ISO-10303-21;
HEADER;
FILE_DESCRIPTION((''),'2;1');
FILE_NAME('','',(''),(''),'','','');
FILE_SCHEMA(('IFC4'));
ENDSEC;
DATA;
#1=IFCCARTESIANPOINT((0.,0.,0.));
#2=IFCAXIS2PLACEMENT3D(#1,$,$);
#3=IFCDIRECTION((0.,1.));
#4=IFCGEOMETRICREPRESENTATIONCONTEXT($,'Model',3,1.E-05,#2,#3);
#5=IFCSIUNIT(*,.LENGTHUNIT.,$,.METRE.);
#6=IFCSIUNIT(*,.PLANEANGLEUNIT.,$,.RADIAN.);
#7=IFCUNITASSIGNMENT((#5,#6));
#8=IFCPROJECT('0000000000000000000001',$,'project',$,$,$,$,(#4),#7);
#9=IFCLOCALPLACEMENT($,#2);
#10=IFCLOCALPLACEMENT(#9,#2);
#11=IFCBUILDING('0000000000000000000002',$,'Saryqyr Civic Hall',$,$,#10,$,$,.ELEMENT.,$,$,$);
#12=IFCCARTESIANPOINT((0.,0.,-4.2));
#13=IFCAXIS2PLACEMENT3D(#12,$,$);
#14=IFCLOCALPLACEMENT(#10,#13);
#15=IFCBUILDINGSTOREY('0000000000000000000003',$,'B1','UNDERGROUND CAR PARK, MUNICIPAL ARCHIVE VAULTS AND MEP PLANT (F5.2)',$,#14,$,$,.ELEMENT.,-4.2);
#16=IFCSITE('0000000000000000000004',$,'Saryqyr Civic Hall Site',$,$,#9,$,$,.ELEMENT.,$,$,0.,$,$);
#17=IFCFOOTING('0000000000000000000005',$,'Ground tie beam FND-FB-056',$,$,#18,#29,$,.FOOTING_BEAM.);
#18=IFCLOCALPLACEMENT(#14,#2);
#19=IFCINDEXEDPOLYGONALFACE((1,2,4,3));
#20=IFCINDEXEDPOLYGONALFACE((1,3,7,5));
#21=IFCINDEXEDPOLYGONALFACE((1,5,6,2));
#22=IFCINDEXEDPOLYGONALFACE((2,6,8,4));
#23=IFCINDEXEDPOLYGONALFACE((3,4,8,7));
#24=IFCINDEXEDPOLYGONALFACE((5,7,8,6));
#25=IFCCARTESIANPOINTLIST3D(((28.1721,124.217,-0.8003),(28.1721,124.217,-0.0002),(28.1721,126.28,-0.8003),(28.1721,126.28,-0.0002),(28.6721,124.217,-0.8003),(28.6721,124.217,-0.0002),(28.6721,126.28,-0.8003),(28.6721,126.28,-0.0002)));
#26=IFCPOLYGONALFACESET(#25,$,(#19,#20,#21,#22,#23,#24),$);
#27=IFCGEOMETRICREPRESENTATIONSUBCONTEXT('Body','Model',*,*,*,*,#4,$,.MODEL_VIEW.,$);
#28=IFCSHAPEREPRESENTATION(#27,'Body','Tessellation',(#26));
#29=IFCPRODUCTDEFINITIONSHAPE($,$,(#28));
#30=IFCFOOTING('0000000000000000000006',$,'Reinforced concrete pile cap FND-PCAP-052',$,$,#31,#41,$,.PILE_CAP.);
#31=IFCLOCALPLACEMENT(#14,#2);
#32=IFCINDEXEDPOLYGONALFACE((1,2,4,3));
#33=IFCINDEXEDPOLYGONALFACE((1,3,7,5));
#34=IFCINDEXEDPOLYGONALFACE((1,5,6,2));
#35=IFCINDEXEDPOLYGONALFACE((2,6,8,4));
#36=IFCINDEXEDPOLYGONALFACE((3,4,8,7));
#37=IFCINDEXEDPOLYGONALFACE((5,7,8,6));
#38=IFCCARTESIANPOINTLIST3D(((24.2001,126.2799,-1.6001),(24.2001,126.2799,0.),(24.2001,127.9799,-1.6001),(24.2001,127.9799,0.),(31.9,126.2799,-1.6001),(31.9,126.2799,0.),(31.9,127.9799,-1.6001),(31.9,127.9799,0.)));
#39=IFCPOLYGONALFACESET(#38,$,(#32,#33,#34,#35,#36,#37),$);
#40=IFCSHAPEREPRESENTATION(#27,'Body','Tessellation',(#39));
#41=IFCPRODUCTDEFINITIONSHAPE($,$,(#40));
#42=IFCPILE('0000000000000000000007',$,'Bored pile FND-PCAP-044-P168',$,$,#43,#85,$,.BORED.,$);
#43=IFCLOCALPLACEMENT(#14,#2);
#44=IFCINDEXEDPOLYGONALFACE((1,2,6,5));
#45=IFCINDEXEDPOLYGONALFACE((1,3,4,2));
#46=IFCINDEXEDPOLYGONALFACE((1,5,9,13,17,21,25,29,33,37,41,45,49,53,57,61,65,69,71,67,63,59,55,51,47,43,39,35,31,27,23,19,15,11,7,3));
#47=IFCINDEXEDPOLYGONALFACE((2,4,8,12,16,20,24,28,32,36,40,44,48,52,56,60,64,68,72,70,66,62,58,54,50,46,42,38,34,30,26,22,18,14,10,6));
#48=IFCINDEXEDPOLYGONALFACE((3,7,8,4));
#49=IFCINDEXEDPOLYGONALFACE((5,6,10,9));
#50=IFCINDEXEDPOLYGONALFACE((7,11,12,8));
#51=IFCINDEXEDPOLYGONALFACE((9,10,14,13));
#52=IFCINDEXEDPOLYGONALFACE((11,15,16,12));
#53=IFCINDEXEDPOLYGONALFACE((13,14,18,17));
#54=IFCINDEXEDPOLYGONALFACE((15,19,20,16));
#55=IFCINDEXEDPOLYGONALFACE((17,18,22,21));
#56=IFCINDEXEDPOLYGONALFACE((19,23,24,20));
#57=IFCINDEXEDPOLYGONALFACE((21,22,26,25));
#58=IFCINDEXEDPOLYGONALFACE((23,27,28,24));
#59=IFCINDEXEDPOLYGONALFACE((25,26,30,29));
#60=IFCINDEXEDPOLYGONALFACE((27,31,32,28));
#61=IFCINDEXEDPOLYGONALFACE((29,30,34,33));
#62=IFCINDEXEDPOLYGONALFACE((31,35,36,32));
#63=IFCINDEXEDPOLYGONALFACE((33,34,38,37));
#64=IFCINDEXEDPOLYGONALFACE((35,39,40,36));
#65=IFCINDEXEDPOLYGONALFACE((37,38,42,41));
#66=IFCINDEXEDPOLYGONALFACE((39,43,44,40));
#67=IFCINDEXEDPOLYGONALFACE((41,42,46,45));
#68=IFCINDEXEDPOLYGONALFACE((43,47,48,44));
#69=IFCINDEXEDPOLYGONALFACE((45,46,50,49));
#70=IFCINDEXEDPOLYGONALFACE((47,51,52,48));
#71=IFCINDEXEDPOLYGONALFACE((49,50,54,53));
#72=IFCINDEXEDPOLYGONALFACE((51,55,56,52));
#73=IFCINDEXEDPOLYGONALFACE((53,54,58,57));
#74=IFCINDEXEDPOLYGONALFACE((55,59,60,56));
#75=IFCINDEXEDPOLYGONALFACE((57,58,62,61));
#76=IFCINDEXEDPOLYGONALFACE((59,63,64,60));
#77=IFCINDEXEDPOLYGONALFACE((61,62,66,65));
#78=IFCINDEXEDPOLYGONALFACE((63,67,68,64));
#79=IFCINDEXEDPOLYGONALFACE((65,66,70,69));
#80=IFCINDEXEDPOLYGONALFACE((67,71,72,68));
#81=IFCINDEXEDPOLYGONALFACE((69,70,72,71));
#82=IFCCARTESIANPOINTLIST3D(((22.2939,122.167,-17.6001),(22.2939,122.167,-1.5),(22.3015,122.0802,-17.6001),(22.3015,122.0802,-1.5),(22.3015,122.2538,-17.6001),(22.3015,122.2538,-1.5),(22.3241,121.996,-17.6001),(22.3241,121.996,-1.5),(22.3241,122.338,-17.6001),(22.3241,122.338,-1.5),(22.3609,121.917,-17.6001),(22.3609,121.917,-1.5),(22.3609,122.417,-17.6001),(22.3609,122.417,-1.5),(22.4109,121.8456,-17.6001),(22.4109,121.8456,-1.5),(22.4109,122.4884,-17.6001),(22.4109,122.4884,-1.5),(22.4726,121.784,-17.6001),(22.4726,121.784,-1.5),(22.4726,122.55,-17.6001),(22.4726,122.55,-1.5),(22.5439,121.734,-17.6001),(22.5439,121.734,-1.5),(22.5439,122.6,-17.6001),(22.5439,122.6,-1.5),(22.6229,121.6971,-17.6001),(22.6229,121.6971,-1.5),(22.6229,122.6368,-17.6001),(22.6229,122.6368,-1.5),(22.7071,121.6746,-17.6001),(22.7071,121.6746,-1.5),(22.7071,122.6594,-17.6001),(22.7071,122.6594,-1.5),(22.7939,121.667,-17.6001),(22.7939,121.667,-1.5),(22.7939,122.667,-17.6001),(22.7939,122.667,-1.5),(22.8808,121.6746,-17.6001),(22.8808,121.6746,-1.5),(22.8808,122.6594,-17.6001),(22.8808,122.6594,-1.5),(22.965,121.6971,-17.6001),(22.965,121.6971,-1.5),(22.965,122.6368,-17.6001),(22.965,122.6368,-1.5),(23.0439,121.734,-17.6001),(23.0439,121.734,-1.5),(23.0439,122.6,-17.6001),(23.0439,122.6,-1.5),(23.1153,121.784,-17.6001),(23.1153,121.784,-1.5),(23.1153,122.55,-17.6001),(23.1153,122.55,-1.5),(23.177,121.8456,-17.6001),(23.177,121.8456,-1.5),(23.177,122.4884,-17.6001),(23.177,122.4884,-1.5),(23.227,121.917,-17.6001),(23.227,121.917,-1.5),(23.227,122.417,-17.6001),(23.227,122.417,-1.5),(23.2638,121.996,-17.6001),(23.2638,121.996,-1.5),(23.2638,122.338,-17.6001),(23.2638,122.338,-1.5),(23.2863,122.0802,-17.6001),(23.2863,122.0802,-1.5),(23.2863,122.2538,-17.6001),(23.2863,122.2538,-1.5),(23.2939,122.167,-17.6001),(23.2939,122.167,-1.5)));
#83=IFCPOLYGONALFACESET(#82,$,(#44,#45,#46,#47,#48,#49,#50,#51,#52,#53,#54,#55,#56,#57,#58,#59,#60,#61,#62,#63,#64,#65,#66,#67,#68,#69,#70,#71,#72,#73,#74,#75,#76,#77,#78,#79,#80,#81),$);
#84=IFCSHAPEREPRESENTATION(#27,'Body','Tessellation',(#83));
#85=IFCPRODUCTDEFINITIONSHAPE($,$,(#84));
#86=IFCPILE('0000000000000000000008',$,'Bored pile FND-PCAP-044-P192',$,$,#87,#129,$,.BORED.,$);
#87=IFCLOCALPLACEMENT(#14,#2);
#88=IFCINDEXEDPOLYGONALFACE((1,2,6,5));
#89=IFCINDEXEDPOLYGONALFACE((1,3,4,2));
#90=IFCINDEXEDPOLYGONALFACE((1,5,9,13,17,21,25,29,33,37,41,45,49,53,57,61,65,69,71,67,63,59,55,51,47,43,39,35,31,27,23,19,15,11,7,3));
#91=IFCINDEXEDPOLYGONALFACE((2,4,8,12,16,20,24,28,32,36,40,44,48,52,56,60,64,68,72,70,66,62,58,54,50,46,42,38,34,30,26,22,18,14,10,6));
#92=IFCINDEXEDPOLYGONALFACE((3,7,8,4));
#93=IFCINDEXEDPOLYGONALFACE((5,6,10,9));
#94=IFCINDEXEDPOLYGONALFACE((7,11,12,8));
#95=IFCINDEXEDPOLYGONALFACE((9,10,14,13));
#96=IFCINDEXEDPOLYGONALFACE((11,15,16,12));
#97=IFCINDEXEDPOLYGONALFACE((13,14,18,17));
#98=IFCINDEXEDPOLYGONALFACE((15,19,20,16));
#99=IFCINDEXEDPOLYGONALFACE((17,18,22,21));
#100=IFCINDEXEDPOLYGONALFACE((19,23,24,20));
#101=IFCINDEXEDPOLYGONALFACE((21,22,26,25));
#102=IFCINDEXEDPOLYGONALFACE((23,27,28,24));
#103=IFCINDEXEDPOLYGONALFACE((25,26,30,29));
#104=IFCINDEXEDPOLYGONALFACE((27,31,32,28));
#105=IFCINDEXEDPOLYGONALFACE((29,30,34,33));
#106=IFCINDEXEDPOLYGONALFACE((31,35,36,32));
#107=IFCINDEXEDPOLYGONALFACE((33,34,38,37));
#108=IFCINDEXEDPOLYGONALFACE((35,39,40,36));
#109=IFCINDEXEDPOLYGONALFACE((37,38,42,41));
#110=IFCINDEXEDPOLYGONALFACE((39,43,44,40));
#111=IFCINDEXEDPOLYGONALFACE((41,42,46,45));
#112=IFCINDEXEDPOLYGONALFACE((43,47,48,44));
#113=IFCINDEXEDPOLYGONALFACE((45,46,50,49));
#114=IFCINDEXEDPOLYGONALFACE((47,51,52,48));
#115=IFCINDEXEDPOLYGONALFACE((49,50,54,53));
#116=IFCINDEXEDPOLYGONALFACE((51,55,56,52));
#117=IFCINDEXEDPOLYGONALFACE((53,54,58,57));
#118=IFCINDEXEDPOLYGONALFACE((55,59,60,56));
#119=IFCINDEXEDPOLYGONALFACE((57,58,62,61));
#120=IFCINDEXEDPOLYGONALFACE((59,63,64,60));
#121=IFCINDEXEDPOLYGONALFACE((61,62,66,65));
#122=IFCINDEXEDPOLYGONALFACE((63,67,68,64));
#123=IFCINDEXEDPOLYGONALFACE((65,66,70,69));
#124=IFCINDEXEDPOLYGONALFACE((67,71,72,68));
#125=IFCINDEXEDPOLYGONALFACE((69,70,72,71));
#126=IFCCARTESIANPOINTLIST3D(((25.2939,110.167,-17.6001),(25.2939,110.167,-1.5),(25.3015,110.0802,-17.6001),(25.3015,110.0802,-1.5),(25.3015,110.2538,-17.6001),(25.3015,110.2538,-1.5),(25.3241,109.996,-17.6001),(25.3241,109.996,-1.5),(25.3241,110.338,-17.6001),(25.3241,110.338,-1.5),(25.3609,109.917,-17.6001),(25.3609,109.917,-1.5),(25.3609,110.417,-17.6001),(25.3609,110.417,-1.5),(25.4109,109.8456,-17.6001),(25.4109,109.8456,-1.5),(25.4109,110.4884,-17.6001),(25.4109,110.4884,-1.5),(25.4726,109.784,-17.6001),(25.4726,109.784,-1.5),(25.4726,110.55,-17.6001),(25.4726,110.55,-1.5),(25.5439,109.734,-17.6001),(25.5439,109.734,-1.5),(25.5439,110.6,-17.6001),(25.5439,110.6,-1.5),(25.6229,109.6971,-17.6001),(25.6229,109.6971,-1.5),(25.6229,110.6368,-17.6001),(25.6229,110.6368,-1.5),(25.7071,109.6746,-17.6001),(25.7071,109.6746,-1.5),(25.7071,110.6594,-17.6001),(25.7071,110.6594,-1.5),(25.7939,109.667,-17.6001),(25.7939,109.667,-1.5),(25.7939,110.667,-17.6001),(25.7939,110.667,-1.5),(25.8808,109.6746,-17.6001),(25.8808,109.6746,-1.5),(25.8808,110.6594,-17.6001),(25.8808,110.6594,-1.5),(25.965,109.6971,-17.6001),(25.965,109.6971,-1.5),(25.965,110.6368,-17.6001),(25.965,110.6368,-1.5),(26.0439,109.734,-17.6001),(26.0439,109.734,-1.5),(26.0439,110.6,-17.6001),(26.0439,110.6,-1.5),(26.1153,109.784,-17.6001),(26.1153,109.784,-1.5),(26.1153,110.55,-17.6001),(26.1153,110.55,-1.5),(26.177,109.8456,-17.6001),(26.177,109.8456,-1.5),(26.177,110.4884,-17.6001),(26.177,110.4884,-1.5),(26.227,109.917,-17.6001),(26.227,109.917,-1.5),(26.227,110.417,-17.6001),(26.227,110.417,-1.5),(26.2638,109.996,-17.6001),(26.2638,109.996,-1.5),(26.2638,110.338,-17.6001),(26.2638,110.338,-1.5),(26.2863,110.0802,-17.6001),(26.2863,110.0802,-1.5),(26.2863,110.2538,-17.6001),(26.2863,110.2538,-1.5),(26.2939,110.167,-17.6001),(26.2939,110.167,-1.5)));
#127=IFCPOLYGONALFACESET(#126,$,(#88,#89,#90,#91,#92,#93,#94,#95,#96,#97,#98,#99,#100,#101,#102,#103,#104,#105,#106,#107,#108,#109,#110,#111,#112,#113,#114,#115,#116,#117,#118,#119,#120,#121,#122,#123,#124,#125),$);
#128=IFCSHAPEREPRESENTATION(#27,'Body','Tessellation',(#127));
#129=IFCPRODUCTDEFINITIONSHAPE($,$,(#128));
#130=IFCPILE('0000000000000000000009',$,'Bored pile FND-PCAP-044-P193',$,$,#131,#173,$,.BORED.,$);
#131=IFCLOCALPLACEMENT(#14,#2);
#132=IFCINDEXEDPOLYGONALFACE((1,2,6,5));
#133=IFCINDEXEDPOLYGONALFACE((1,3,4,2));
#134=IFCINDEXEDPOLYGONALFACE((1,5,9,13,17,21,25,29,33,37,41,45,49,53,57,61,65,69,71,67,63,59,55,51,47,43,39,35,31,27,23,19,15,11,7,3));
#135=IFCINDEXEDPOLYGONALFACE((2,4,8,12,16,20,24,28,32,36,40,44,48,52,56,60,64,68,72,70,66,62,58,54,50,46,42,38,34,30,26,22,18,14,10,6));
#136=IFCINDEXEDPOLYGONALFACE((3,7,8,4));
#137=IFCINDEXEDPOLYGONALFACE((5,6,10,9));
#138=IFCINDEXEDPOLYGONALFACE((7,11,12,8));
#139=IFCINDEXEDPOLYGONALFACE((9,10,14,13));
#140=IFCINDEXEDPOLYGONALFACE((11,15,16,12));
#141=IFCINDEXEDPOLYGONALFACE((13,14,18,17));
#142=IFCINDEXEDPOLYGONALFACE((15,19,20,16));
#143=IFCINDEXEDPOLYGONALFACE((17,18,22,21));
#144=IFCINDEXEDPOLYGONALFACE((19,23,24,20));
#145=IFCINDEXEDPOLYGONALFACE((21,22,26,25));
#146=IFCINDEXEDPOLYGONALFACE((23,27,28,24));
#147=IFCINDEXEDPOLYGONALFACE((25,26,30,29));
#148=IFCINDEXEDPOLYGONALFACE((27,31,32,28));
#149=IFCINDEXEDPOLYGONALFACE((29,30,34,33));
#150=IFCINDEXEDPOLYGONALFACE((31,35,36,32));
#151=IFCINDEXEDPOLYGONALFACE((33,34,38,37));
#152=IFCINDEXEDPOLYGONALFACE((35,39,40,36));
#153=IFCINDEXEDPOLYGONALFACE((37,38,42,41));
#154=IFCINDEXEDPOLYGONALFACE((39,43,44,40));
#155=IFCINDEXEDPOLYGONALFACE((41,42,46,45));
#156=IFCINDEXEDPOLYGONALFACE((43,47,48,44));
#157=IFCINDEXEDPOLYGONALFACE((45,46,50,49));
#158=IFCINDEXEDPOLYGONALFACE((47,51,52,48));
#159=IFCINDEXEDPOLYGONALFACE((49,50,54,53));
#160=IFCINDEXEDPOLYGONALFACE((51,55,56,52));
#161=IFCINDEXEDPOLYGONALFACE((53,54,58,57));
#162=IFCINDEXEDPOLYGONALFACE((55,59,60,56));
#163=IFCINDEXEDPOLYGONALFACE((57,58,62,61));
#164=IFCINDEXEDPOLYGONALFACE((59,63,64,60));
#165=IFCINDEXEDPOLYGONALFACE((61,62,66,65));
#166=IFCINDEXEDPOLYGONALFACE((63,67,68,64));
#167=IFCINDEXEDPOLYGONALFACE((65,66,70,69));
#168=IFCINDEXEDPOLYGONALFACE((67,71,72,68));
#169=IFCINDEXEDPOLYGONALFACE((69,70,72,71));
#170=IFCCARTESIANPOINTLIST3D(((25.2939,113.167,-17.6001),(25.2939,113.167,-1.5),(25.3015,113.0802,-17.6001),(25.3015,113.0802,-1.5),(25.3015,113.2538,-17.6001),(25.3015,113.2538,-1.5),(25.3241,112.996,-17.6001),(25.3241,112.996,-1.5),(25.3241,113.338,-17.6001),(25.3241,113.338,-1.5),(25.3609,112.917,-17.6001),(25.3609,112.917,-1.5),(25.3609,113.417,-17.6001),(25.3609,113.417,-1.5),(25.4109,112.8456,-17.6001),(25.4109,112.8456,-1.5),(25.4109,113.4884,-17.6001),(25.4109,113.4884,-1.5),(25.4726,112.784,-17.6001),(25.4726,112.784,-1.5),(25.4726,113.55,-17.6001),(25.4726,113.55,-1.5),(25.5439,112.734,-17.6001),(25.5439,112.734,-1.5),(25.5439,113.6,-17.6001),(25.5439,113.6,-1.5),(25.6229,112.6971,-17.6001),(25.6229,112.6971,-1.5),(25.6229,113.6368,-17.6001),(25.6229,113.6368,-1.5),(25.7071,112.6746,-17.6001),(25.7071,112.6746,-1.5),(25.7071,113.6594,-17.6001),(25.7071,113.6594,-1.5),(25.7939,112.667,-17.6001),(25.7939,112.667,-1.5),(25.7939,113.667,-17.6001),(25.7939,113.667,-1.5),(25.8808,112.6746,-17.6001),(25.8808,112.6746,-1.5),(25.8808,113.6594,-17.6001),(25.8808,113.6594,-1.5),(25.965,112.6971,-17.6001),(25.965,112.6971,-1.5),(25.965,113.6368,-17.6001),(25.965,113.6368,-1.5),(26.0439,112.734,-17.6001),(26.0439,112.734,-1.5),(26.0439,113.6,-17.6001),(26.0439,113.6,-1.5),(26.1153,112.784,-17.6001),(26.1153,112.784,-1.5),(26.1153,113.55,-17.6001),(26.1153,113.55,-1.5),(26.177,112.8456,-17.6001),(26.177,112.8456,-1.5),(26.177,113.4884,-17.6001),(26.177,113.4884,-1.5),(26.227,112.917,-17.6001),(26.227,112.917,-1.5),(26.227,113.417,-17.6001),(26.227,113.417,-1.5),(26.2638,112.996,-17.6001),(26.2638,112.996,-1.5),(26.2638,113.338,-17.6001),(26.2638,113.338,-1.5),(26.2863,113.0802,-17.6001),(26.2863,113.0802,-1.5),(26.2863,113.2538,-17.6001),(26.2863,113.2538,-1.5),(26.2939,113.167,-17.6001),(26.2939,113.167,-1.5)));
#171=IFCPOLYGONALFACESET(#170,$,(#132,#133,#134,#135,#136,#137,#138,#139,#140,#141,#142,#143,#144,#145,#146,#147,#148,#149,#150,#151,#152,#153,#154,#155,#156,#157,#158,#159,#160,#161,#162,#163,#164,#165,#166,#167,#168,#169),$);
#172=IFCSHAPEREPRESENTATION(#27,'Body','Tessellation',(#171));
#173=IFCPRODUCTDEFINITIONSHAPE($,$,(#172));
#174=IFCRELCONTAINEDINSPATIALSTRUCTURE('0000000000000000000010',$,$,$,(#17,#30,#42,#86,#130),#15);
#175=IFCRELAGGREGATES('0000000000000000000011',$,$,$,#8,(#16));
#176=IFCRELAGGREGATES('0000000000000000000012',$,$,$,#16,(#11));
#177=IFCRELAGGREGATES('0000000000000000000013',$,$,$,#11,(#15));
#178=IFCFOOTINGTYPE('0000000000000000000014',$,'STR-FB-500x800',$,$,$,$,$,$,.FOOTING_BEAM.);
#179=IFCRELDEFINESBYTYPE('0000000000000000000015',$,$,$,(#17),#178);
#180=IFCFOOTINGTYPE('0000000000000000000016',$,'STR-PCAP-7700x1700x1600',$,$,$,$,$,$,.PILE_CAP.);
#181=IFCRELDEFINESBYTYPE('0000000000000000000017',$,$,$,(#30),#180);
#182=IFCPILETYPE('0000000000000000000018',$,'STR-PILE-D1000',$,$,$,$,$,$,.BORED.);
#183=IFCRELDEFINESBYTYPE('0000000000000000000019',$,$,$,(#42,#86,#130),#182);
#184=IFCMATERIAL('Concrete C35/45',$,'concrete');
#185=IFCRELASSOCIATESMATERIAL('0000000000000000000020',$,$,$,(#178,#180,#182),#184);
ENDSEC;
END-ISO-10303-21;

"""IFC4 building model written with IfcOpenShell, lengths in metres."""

from ifc_helpers import new_model, si_unit, direction, frame, origin, origin_2d, place, context, subcontext, project, spatial, rectangle, circle, extrude, material, material_profile, profile_set, type_object, element, save


model = new_model("IFC4")

# Units and contexts
model_context = context("Model", 3, precision=1e-05, world=origin(), true_north=direction((0.0, 1.0)))
body_context = subcontext(model_context, "Body", "Model", "MODEL_VIEW")
ifc_project = project(units=[si_unit("LENGTHUNIT", "METRE"), si_unit("PLANEANGLEUNIT", "RADIAN")], contexts=[model_context])

# Site, building, storey
site_placement = place(None, origin())
site = spatial("IfcSite", under=ifc_project, at=site_placement, Name="Saryqyr Civic Hall Site", CompositionType="ELEMENT", RefElevation=0.0)
building_placement = place(site_placement, origin())
building = spatial("IfcBuilding", under=site, at=building_placement, Name="Saryqyr Civic Hall", CompositionType="ELEMENT")
storey_placement = place(building_placement, frame((0.0, 0.0, -4.2)))
storey = spatial("IfcBuildingStorey", under=building, at=storey_placement, Name="B1", Description="UNDERGROUND CAR PARK, MUNICIPAL ARCHIVE VAULTS AND MEP PLANT (F5.2)", CompositionType="ELEMENT", Elevation=-4.2)

# Footings
ifc_material_1 = material(Name="Concrete C35/45", Category="concrete")
footing_type_1 = type_object("IfcFootingType", Name="STR-FB-500x800", PredefinedType="FOOTING_BEAM", material=ifc_material_1)
footing_1_placement = place(storey_placement, frame((28.4221, 125.2485, -0.8003), z_axis=(0.0, 0.0, 1.0), x_axis=(1.0, 0.0, 0.0)))
element("IfcFooting", 1, at=footing_1_placement, inside=storey, type_object=footing_type_1, Name="Ground tie beam FND-FB-056", PredefinedType="FOOTING_BEAM", context=body_context, shape_type="SweptSolid", body=[
    extrude(rectangle(XDim=0.5, YDim=2.063, at=origin_2d()), origin(), (0.0, 0.0, 1.0), 0.8),
])
footing_type_2 = type_object("IfcFootingType", Name="STR-PCAP-7700x1700x1600", PredefinedType="PILE_CAP", material=ifc_material_1)
footing_2_placement = place(storey_placement, frame((28.05, 127.1299, -1.6001), z_axis=(0.0, 0.0, 1.0), x_axis=(1.0, 0.0, 0.0)))
element("IfcFooting", 2, at=footing_2_placement, inside=storey, type_object=footing_type_2, Name="Reinforced concrete pile cap FND-PCAP-052", PredefinedType="PILE_CAP", context=body_context, shape_type="SweptSolid", body=[
    extrude(rectangle(XDim=7.7, YDim=1.7, at=origin_2d()), origin(), (0.0, 0.0, 1.0), 1.6001),
])

# Piles
ifc_material_profile_1 = material_profile(ifc_material_1, circle(Radius=0.5, at=origin_2d()), Name="BORED PILE D1000")
ifc_profile_set_1 = profile_set([ifc_material_profile_1], Name="Concrete C35/45")
pile_type = type_object("IfcPileType", Name="STR-PILE-D1000", PredefinedType="BORED", material=ifc_profile_set_1)
for number, where, z_axis, x_axis, name in (
    (3, (22.7939, 122.167, -1.5), (0.0, 0.0, -1.0), (1.0, 0.0, 0.0), "Bored pile FND-PCAP-044-P168"),
    (4, (25.7939, 110.167, -1.5), (0.0, 0.0, -1.0), (1.0, 0.0, 0.0), "Bored pile FND-PCAP-044-P192"),
    (5, (25.7939, 113.167, -1.5), (0.0, 0.0, -1.0), (1.0, 0.0, 0.0), "Bored pile FND-PCAP-044-P193"),
):
    element("IfcPile", number, at=place(storey_placement, frame(where, z_axis=z_axis, x_axis=x_axis)), inside=storey, type_object=pile_type, Name=name, PredefinedType="BORED", context=body_context, shape_type="SweptSolid", body=[
        extrude(circle(Radius=0.5, at=origin_2d()), origin(), (0.0, 0.0, 1.0), 16.1001),
    ])

save(model, "model.ifc")
